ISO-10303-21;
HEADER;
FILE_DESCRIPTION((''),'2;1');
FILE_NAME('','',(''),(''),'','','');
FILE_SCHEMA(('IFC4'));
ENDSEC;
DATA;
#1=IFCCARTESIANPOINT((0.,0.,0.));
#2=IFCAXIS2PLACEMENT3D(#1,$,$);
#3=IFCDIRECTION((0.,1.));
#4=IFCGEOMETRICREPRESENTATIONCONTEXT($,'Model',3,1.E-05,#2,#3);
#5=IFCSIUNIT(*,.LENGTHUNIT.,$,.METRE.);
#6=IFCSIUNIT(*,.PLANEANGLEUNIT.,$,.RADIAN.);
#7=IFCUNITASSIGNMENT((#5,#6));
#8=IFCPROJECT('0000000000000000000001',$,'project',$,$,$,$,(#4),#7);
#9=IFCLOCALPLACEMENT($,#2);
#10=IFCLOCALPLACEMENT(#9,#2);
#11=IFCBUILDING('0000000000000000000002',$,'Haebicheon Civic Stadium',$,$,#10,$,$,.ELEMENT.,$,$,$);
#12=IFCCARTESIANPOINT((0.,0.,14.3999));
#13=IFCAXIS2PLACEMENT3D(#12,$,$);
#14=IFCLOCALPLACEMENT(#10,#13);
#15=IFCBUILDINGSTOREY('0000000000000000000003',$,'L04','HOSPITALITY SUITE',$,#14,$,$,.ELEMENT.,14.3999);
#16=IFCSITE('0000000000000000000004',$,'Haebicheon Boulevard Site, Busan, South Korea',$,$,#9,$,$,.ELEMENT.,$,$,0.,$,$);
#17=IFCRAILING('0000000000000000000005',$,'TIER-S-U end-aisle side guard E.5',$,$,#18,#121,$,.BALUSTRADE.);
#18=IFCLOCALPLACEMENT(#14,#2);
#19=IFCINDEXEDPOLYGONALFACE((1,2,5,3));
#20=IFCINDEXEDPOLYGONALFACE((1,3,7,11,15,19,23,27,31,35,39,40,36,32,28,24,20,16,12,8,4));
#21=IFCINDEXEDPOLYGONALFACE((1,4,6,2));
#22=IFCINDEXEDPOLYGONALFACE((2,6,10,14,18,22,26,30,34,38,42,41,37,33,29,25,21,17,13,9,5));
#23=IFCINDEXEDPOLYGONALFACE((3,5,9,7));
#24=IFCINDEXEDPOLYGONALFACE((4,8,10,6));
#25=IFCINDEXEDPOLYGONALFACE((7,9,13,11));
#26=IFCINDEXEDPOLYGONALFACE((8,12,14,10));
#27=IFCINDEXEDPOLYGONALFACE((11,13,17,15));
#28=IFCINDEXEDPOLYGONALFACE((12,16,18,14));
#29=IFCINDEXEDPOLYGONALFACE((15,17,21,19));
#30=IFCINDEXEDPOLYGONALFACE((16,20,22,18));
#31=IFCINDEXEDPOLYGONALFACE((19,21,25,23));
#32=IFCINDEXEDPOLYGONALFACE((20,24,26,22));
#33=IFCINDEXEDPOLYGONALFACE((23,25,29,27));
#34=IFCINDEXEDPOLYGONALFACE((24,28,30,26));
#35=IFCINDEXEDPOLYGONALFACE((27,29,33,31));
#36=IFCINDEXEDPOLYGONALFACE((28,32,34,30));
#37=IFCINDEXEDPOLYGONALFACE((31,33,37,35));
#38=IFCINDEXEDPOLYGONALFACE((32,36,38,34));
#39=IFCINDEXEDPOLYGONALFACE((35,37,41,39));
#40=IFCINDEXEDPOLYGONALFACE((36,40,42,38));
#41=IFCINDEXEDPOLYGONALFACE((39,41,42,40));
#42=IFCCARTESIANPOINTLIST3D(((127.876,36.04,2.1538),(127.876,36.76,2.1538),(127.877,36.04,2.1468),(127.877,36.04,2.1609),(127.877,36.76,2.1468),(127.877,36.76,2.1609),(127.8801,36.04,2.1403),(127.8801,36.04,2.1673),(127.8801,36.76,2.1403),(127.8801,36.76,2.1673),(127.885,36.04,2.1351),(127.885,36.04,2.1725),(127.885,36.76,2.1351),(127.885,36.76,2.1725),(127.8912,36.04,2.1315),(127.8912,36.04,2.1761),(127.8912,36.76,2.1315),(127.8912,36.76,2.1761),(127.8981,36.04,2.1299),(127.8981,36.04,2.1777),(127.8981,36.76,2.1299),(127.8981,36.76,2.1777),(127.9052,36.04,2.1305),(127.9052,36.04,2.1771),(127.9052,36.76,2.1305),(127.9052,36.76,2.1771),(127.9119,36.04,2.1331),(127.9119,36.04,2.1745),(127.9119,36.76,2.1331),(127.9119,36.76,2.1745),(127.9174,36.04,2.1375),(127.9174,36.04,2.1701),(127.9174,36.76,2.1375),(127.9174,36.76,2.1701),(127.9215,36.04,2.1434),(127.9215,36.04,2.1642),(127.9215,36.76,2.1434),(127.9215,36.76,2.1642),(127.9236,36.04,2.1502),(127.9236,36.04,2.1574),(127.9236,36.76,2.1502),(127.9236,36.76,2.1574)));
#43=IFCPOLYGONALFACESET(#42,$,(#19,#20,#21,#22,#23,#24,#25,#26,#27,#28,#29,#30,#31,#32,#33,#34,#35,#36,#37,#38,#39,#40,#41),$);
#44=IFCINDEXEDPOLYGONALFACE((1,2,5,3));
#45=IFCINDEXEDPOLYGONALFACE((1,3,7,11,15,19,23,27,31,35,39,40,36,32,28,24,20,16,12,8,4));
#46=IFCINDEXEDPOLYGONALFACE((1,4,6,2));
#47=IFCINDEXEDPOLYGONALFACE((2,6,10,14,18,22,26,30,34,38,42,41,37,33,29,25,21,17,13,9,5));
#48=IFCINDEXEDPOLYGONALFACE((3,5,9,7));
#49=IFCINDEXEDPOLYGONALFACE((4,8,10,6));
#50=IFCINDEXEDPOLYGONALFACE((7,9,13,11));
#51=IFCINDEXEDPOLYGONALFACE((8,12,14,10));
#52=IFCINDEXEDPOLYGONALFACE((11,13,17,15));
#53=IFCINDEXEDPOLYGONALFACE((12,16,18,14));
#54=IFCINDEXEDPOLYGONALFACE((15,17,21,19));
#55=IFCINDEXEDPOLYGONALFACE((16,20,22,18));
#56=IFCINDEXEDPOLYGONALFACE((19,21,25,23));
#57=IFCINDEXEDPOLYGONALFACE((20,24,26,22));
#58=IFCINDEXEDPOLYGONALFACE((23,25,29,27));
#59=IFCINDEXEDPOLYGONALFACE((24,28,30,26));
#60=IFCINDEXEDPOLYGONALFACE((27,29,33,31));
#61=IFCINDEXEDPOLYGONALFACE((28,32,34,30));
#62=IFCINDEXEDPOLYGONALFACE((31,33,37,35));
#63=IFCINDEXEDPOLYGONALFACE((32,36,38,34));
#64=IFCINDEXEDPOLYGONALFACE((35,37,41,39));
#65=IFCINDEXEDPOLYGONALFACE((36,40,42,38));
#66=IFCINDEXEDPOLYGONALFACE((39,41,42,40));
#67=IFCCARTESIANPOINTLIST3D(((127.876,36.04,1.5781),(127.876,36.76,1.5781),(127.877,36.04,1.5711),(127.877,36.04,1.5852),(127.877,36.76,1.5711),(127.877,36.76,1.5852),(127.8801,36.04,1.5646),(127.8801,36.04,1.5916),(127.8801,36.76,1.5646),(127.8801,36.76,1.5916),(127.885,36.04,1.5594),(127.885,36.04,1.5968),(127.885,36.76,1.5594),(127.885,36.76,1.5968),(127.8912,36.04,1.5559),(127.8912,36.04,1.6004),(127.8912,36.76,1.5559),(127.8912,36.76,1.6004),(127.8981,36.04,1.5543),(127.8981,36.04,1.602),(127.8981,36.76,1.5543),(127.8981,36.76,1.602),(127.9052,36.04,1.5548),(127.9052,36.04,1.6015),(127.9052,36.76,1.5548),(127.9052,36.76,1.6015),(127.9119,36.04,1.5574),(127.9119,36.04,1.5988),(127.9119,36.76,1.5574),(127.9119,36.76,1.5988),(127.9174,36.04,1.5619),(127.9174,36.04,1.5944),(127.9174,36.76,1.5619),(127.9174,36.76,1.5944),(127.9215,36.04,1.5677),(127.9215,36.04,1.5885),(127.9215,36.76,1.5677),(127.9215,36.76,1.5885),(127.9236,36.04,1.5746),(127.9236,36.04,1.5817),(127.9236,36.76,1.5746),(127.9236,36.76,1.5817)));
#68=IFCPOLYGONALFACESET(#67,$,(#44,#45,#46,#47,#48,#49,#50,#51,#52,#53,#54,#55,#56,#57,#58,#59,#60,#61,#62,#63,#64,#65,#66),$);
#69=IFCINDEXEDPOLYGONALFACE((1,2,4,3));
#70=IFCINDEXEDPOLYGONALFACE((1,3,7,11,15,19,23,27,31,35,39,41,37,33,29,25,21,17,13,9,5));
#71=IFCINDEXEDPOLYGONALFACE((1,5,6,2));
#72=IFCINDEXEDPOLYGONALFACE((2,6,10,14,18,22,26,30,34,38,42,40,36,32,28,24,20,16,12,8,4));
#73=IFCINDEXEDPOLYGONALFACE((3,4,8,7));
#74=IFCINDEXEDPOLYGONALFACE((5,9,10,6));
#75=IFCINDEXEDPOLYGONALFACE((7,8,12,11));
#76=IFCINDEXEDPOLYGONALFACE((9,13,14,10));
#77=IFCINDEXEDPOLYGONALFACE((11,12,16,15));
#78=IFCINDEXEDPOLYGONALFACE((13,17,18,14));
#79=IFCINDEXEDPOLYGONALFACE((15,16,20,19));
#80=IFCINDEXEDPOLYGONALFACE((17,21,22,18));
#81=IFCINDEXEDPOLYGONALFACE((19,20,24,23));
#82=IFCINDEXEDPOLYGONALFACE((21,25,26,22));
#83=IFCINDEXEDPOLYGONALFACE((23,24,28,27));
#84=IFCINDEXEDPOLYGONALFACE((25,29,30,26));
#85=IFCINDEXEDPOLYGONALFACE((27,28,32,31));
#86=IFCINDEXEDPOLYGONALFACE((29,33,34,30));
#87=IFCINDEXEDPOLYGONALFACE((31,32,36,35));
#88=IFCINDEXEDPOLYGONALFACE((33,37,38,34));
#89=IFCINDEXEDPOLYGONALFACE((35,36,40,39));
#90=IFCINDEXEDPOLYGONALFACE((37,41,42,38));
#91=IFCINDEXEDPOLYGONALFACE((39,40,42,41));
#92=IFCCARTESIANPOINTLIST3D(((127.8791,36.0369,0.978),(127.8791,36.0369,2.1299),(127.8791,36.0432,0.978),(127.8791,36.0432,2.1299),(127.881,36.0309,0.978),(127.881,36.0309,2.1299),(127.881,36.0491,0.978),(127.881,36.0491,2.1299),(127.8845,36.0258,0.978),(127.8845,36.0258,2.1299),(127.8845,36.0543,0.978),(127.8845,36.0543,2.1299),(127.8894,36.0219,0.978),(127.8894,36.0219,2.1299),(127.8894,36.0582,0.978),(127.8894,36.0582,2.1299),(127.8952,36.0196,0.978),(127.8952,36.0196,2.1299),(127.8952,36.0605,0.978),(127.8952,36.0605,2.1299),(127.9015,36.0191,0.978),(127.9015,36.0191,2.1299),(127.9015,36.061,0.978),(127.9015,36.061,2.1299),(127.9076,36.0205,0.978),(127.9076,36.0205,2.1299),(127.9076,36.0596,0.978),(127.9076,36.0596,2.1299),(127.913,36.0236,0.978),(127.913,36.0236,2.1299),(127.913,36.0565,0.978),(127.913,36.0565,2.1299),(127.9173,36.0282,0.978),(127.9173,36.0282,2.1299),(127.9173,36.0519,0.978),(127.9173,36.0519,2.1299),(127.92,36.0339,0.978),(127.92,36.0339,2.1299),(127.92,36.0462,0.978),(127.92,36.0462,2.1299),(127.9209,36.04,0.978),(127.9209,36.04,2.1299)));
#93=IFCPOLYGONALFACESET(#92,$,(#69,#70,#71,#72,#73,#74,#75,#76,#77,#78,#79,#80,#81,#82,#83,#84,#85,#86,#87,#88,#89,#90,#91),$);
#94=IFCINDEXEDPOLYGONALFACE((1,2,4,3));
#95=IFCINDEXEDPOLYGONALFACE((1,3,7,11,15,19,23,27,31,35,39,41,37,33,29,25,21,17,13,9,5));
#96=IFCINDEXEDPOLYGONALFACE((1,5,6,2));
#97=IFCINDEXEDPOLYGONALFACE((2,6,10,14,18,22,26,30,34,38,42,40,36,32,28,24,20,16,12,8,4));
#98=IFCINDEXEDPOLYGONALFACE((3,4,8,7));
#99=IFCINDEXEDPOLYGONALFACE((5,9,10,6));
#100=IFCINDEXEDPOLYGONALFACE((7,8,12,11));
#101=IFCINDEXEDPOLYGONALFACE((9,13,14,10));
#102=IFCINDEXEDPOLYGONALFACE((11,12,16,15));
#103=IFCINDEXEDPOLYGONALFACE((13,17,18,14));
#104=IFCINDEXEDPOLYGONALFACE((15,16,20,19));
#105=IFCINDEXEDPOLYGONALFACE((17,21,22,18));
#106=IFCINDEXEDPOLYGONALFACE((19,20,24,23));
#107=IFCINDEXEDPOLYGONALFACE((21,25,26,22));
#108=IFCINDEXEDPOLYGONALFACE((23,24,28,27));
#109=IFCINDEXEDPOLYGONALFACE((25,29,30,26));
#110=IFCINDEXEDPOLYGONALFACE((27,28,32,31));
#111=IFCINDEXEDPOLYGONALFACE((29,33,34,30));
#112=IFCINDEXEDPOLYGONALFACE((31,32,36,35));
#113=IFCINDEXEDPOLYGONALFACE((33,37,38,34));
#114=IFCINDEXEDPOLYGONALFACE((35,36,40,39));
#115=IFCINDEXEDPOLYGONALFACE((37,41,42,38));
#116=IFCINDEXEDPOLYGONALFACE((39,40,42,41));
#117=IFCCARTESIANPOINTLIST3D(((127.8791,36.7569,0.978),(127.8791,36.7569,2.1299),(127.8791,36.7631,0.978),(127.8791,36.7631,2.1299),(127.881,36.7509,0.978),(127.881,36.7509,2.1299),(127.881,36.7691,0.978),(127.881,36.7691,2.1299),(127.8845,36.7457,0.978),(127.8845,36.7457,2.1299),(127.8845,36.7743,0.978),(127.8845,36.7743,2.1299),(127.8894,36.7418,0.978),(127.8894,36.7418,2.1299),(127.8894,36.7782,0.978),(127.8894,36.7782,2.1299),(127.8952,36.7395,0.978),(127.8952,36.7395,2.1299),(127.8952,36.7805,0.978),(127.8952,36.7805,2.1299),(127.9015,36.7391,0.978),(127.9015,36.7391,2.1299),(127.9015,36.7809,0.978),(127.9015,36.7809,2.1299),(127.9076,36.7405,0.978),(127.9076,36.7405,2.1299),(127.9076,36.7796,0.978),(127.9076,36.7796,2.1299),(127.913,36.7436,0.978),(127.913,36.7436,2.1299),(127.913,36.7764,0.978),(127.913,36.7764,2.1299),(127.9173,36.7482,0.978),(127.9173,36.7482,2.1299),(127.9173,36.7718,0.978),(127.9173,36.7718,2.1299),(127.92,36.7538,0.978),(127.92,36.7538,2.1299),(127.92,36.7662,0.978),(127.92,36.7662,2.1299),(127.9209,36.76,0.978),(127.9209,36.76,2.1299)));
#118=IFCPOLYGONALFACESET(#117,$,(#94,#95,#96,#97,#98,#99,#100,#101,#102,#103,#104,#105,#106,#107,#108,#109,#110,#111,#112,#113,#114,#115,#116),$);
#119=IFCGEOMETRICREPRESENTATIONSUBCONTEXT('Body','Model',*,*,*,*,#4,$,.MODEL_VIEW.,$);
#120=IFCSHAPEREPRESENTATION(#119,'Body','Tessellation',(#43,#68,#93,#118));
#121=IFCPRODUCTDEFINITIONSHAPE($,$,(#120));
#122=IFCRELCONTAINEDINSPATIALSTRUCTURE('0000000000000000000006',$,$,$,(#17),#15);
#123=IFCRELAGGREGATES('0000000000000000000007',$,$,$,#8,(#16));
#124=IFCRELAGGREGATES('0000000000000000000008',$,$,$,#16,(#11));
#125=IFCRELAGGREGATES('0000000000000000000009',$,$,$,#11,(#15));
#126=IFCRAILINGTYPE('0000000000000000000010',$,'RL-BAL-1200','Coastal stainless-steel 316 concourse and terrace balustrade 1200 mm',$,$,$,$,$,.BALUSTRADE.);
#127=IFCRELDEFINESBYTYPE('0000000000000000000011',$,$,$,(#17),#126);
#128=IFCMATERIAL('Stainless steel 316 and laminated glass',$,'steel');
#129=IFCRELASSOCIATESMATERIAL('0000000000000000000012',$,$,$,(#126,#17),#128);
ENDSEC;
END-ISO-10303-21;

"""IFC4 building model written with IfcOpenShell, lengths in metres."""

from ifc_helpers import new_model, si_unit, direction, frame, origin, origin_2d, place, context, subcontext, project, spatial, circle, extrude, material, type_object, element, save


model = new_model("IFC4")

# Units and contexts
model_context = context("Model", 3, precision=1e-05, world=origin(), true_north=direction((0.0, 1.0)))
body_context = subcontext(model_context, "Body", "Model", "MODEL_VIEW")
ifc_project = project(units=[si_unit("LENGTHUNIT", "METRE"), si_unit("PLANEANGLEUNIT", "RADIAN")], contexts=[model_context])

# Site, building, storey
site_placement = place(None, origin())
site = spatial("IfcSite", under=ifc_project, at=site_placement, Name="Haebicheon Boulevard Site, Busan, South Korea", CompositionType="ELEMENT", RefElevation=0.0)
building_placement = place(site_placement, origin())
building = spatial("IfcBuilding", under=site, at=building_placement, Name="Haebicheon Civic Stadium", CompositionType="ELEMENT")
storey_placement = place(building_placement, frame((0.0, 0.0, 14.3999)))
storey = spatial("IfcBuildingStorey", under=building, at=storey_placement, Name="L04", Description="HOSPITALITY SUITE", CompositionType="ELEMENT", Elevation=14.3999)

# Railing
ifc_material_1 = material(Name="Stainless steel 316 and laminated glass", Category="steel")
railing_type = type_object("IfcRailingType", Name="RL-BAL-1200", Description="Coastal stainless-steel 316 concourse and terrace balustrade 1200 mm", PredefinedType="BALUSTRADE", material=ifc_material_1)
for number, where, name in (
    (1, (127.8999, 36.04, 0.978), "TIER-S-U end-aisle side guard E.5"),
):
    element("IfcRailing", number, at=place(storey_placement, frame(where)), inside=storey, type_object=railing_type, material=ifc_material_1, Name=name, PredefinedType="BALUSTRADE", context=body_context, shape_type="SweptSolid", body=[
        extrude(circle(Radius=0.0239, at=origin_2d()), frame((0.0, 0.0, 1.1758), z_axis=(0.0, 1.0, 0.0), x_axis=(-1.0, 0.0, 0.0)), (0.0, 0.0, 1.0), 0.72),
        extrude(circle(Radius=0.0239, at=origin_2d()), frame((0.0, 0.0, 0.6001), z_axis=(0.0, 1.0, 0.0), x_axis=(-1.0, 0.0, 0.0)), (0.0, 0.0, 1.0), 0.72),
        extrude(circle(Radius=0.021, at=origin_2d()), origin(), (0.0, 0.0, 1.0), 1.1519),
        extrude(circle(Radius=0.021, at=origin_2d()), frame((0.0, 0.72, 0.0)), (0.0, 0.0, 1.0), 1.1519),
    ])

save(model, "model.ifc")
